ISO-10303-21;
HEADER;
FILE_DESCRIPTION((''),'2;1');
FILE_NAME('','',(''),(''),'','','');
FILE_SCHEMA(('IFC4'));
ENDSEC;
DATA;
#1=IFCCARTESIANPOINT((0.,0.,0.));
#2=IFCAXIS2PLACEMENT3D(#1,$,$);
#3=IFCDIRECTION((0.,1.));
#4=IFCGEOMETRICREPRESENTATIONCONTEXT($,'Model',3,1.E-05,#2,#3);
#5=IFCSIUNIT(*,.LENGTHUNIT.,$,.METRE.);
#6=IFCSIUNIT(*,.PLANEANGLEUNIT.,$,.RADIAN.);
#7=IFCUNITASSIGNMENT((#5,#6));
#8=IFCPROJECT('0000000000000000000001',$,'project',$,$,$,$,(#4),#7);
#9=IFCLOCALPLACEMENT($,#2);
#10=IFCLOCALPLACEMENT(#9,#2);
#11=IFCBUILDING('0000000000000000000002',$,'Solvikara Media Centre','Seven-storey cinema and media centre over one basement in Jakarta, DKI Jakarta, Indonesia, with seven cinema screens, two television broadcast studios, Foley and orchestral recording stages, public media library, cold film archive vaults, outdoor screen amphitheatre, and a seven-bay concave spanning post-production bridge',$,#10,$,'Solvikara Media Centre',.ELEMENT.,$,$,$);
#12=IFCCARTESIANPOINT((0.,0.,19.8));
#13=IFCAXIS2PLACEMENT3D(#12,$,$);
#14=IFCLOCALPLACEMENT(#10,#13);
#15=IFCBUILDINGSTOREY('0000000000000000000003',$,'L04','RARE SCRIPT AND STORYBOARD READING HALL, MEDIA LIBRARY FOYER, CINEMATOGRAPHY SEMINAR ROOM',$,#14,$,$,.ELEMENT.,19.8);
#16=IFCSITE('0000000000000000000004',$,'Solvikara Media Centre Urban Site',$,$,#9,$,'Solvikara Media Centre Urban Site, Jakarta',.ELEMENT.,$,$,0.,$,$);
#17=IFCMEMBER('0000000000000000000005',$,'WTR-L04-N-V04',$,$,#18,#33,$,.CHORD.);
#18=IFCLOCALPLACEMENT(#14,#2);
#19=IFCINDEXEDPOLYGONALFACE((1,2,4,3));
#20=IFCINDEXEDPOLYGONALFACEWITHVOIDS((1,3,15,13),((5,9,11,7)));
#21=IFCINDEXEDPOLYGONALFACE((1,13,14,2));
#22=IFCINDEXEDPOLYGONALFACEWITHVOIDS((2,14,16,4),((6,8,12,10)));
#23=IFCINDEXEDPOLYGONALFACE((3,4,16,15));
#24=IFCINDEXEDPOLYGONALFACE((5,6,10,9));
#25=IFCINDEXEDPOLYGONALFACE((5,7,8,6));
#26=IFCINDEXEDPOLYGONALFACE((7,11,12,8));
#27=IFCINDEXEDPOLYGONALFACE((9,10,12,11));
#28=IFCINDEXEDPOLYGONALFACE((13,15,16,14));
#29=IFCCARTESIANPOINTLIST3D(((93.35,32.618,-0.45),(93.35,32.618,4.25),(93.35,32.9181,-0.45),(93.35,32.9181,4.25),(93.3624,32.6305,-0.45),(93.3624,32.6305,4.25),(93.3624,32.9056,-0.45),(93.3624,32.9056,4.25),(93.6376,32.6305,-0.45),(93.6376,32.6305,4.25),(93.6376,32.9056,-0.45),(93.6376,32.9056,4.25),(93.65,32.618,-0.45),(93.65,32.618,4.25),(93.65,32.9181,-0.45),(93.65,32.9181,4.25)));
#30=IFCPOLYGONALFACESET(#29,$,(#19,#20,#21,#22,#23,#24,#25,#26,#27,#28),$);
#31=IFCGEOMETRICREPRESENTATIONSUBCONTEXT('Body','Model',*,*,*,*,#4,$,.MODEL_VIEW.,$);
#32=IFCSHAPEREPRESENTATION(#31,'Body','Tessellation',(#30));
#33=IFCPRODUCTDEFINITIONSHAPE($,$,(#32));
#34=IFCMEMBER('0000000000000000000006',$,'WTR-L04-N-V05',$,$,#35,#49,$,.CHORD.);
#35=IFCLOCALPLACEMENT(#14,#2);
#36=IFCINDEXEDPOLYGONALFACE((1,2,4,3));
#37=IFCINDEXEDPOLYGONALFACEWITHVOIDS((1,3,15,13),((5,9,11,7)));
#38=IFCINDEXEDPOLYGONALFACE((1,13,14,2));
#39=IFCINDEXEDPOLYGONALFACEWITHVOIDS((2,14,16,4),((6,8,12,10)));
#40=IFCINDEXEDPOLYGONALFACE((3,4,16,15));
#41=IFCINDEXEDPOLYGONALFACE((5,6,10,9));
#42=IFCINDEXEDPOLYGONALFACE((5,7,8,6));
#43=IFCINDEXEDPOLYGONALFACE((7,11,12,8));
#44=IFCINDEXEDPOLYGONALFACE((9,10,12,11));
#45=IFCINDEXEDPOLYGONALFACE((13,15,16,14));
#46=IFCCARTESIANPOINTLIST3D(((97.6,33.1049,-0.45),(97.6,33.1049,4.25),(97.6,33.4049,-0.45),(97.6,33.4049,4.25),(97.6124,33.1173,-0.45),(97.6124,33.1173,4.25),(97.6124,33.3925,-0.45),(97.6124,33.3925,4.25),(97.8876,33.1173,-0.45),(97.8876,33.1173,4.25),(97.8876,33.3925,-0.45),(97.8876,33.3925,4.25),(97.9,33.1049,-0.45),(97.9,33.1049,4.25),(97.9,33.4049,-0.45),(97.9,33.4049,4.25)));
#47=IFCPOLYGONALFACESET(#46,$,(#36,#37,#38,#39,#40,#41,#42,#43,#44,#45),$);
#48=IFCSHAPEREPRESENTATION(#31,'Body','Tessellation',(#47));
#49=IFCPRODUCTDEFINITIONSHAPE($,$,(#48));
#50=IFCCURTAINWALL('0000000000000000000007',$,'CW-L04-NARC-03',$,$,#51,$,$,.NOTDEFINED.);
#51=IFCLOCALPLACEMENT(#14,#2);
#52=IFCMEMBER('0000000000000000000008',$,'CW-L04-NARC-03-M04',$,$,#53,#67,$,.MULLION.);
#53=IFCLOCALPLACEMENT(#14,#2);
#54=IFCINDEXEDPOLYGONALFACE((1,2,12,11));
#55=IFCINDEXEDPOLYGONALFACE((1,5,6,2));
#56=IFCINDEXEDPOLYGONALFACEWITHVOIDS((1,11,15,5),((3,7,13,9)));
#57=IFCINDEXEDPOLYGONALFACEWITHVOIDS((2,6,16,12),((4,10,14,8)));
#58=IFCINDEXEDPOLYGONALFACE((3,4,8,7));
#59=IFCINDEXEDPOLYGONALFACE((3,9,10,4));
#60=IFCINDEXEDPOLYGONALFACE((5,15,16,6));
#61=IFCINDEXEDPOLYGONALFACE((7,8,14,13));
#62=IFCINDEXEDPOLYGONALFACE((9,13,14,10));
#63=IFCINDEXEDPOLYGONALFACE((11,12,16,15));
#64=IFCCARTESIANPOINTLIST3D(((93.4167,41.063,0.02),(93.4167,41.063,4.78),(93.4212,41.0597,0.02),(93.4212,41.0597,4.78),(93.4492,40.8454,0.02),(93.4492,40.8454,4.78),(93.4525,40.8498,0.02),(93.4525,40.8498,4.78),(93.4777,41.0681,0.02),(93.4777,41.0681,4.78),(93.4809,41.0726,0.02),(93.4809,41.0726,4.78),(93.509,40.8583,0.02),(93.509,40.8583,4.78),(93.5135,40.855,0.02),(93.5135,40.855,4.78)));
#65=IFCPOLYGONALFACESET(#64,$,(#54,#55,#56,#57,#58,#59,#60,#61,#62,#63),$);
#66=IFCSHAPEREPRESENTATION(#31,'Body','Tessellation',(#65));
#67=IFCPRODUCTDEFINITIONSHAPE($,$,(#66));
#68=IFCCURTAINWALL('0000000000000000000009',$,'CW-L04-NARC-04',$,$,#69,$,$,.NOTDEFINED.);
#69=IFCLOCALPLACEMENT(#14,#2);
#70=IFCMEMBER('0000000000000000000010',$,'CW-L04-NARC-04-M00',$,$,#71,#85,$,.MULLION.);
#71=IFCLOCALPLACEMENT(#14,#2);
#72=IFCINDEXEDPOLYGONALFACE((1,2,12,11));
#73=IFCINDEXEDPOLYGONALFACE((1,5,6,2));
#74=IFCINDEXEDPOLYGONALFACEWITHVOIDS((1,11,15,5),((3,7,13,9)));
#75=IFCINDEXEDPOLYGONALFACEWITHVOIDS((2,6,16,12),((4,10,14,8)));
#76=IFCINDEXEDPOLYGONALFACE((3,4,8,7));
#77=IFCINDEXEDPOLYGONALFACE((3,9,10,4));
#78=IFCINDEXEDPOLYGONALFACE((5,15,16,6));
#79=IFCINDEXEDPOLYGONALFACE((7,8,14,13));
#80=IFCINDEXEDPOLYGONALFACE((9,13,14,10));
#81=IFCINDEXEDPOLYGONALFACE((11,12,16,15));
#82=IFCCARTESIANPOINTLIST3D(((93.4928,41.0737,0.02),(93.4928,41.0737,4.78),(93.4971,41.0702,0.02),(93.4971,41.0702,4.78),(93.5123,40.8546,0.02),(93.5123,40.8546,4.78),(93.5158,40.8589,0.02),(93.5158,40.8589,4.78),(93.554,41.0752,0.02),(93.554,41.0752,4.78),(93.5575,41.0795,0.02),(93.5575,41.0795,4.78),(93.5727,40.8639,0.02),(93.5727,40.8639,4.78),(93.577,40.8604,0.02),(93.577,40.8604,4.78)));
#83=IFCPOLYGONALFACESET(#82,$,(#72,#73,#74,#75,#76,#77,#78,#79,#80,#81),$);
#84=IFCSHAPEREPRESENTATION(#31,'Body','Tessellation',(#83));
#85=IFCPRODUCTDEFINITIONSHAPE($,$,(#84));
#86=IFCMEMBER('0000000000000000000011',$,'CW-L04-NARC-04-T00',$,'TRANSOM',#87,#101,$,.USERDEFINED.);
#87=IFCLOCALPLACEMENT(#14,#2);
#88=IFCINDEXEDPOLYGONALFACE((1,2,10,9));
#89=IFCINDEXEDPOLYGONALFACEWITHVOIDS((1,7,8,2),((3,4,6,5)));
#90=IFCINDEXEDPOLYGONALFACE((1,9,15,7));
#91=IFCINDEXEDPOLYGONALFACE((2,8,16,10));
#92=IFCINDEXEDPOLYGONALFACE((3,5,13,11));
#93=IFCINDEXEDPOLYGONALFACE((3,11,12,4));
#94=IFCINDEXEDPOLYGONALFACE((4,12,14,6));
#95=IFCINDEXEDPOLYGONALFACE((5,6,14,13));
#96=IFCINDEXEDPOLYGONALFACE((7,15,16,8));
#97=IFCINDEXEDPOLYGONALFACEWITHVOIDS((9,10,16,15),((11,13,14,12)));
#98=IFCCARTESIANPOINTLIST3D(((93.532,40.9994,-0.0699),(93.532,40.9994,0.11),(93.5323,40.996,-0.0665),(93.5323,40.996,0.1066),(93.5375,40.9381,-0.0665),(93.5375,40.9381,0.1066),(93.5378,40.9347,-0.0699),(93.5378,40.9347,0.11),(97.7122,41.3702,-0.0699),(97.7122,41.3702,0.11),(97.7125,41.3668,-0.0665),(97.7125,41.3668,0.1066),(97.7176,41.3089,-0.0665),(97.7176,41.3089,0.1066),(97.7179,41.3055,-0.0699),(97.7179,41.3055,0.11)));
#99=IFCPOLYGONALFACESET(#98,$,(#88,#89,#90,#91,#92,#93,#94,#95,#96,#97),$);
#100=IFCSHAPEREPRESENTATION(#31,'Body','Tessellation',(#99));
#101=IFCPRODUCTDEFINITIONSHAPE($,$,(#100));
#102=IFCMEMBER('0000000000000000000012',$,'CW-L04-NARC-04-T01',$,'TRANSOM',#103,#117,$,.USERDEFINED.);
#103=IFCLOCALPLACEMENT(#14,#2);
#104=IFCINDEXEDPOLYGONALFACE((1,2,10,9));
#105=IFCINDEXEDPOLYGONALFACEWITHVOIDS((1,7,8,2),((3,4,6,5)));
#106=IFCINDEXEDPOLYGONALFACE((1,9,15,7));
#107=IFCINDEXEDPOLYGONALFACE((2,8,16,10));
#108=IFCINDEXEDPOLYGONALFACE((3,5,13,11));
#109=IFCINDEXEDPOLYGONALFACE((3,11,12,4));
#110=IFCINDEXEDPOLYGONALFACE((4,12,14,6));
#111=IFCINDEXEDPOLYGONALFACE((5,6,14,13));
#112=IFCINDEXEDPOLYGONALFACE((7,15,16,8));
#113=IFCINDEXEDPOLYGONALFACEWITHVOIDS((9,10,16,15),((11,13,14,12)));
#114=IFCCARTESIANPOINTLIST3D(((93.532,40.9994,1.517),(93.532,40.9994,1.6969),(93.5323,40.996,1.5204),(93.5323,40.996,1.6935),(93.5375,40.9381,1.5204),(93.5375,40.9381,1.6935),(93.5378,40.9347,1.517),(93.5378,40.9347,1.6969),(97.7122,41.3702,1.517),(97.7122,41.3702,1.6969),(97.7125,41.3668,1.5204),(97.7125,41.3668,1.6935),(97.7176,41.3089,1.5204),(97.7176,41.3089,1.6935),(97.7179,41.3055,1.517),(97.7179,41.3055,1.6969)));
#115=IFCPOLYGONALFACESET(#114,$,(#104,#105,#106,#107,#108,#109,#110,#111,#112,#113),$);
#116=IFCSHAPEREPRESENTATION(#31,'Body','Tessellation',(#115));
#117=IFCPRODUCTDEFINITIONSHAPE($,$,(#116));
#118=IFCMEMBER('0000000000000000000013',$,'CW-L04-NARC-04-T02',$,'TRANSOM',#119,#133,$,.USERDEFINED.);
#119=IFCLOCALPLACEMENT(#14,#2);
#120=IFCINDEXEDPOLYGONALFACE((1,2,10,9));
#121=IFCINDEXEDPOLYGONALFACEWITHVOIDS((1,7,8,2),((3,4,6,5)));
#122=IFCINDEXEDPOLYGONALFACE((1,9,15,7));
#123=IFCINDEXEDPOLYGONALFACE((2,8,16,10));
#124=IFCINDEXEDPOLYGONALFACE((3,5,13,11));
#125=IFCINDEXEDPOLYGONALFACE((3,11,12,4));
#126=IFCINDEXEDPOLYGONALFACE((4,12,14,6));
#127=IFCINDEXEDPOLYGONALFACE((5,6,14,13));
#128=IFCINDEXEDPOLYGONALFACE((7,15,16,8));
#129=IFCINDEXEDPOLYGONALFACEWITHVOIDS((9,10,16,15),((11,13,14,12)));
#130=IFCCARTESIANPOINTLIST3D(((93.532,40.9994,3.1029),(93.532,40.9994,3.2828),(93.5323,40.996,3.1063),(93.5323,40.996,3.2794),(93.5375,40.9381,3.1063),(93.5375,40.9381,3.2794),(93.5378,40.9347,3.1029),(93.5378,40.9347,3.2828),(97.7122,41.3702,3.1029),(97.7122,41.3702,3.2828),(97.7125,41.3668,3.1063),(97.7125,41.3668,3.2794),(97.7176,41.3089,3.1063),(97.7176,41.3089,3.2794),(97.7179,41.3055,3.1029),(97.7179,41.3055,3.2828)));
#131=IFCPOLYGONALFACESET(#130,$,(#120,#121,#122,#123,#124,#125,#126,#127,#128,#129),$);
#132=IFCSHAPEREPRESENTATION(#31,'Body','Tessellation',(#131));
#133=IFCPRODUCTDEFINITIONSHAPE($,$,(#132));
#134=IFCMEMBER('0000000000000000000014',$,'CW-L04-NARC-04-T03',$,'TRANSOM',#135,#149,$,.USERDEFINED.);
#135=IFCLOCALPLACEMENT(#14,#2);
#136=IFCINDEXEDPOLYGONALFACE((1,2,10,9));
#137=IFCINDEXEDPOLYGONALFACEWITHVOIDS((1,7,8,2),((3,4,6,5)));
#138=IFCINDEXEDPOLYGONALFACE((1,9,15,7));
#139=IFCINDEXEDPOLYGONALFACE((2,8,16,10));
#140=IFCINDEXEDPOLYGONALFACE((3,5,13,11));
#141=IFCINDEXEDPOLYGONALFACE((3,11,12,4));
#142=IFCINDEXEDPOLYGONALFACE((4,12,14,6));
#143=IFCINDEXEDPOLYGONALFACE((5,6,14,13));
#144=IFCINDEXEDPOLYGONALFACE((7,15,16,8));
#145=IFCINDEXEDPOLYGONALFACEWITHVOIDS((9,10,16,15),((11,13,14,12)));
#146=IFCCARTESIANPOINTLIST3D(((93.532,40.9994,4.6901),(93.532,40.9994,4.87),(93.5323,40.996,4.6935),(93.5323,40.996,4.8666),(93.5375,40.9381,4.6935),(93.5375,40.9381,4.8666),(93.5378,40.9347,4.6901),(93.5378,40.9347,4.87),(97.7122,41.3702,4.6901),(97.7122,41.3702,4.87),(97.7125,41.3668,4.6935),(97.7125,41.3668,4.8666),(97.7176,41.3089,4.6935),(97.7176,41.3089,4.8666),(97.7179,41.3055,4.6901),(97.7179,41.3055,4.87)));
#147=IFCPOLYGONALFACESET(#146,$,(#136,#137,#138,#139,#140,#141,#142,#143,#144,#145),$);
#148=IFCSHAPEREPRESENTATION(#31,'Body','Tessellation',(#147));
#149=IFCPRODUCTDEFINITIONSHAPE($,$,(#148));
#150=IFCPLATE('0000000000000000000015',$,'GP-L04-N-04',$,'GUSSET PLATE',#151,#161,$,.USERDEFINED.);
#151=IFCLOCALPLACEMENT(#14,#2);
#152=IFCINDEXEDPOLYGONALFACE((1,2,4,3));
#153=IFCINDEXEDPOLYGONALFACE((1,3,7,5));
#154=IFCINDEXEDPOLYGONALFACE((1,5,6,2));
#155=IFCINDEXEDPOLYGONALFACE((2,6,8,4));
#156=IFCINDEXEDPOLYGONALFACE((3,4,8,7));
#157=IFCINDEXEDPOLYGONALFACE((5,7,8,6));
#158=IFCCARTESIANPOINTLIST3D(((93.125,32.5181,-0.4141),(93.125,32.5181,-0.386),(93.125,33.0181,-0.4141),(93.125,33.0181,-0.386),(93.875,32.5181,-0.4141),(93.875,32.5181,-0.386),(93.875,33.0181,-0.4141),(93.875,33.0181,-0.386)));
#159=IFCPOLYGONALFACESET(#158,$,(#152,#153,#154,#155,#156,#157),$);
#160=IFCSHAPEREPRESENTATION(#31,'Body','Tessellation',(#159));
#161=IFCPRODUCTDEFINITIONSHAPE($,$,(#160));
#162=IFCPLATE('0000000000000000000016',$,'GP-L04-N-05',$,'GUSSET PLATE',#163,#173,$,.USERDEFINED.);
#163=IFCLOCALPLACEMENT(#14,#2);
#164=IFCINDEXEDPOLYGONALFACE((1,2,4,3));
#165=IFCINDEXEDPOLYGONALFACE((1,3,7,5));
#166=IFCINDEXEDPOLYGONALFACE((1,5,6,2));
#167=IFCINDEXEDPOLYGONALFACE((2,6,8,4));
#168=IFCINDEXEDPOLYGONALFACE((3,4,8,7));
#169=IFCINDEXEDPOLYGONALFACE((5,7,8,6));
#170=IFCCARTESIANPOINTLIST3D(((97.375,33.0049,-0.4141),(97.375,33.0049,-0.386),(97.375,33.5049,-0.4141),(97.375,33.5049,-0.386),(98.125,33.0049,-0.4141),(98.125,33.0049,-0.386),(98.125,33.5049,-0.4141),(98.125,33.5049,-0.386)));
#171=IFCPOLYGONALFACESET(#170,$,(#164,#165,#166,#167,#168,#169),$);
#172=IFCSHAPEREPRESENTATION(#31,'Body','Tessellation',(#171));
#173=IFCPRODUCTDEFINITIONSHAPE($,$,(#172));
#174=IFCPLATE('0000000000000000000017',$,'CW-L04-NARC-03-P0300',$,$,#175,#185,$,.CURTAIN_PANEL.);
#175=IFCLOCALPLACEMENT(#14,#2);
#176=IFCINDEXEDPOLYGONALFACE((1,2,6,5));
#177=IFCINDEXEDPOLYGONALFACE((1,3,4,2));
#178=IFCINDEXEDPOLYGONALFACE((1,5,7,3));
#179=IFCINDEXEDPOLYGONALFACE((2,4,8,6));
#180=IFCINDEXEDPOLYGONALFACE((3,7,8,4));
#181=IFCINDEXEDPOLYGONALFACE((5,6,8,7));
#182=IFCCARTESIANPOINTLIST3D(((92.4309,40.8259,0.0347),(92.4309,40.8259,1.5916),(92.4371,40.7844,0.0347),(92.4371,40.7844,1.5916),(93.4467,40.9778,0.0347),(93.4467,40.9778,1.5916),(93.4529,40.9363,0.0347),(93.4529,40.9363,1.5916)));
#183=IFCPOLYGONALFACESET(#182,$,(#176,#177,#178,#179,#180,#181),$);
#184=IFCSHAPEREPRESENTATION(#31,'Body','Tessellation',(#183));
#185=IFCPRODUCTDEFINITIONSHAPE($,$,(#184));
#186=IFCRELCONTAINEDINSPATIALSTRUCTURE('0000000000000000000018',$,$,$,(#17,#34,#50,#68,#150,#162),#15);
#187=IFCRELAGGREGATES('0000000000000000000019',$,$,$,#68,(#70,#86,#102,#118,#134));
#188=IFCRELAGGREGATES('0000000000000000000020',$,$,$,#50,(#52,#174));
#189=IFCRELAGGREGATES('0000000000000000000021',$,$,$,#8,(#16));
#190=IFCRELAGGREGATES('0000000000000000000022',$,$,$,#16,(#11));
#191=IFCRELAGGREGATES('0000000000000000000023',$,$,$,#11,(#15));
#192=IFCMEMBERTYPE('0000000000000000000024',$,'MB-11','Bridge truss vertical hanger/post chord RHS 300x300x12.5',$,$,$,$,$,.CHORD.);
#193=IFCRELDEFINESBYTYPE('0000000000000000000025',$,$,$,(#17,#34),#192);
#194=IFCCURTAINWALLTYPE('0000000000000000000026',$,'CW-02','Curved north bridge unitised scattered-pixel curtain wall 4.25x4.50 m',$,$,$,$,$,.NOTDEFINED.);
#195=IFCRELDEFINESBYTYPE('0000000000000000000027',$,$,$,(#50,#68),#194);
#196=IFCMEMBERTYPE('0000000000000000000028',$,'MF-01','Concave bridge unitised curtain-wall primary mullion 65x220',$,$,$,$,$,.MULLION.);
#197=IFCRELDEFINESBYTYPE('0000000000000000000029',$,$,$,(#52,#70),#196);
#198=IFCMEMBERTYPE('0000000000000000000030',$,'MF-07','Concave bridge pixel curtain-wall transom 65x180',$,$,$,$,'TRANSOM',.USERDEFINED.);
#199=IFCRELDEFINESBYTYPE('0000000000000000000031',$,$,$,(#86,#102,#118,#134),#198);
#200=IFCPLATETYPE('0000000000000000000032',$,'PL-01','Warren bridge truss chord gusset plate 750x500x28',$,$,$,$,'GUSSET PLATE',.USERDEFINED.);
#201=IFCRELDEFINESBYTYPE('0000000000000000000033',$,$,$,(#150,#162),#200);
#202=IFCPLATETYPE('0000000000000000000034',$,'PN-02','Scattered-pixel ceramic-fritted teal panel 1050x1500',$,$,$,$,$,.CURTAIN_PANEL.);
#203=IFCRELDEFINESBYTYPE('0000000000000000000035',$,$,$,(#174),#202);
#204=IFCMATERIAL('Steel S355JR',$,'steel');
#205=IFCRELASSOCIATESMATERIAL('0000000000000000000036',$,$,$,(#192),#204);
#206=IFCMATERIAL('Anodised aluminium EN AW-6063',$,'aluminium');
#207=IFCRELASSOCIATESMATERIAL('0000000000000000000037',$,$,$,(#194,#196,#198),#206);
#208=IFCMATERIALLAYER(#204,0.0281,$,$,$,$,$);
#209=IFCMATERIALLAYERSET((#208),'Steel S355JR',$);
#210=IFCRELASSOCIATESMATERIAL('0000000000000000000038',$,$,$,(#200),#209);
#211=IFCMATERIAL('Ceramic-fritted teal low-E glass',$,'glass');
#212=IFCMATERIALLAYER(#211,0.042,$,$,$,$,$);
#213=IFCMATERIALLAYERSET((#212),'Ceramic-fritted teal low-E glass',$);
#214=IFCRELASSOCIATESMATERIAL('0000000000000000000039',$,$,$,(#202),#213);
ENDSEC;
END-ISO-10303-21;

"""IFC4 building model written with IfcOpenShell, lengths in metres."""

from ifc_helpers import new_model, si_unit, direction, frame, origin, origin_2d, place, context, subcontext, project, spatial, rectangle, hollow_rectangle, extrude, material, layer, layer_set, material_profile, profile_set, type_object, element, aggregate, save


model = new_model("IFC4")

# Units and contexts
model_context = context("Model", 3, precision=1e-05, world=origin(), true_north=direction((0.0, 1.0)))
body_context = subcontext(model_context, "Body", "Model", "MODEL_VIEW")
ifc_project = project(units=[si_unit("LENGTHUNIT", "METRE"), si_unit("PLANEANGLEUNIT", "RADIAN")], contexts=[model_context])

# Site, building, storey
site_placement = place(None, origin())
site = spatial("IfcSite", under=ifc_project, at=site_placement, Name="Solvikara Media Centre Urban Site", LongName="Solvikara Media Centre Urban Site, Jakarta", CompositionType="ELEMENT", RefElevation=0.0)
building_placement = place(site_placement, origin())
building = spatial("IfcBuilding", under=site, at=building_placement, Name="Solvikara Media Centre", Description="Seven-storey cinema and media centre over one basement in Jakarta, DKI Jakarta, Indonesia, with seven cinema screens, two television broadcast studios, Foley and orchestral recording stages, public media library, cold film archive vaults, outdoor screen amphitheatre, and a seven-bay concave spanning post-production bridge", LongName="Solvikara Media Centre", CompositionType="ELEMENT")
storey_placement = place(building_placement, frame((0.0, 0.0, 19.8)))
storey = spatial("IfcBuildingStorey", under=building, at=storey_placement, Name="L04", Description="RARE SCRIPT AND STORYBOARD READING HALL, MEDIA LIBRARY FOYER, CINEMATOGRAPHY SEMINAR ROOM", CompositionType="ELEMENT", Elevation=19.8)

# Shared definitions
ifc_material_1 = material(Name="Steel S355JR", Category="steel")

# Members
ifc_material_profile_1 = material_profile(ifc_material_1, hollow_rectangle(XDim=0.3, YDim=0.3, WallThickness=0.0125, at=origin_2d()), Name="RHS 300x300x12.5")
ifc_profile_set_1 = profile_set([ifc_material_profile_1], Name="Steel S355JR")
member_type_1 = type_object("IfcMemberType", Name="MB-11", Description="Bridge truss vertical hanger/post chord RHS 300x300x12.5", PredefinedType="CHORD", material=ifc_profile_set_1)
for number, where, z_axis, x_axis, name in (
    (1, (93.5, 32.7681, -0.45), (0.0, 0.0, 1.0), (1.0, 0.0, 0.0), "WTR-L04-N-V04"),
    (2, (97.75, 33.2549, -0.45), (0.0, 0.0, 1.0), (1.0, 0.0, 0.0), "WTR-L04-N-V05"),
):
    element("IfcMember", number, at=place(storey_placement, frame(where, z_axis=z_axis, x_axis=x_axis)), inside=storey, type_object=member_type_1, Name=name, PredefinedType="CHORD", context=body_context, shape_type="SweptSolid", body=[
        extrude(hollow_rectangle(XDim=0.3, YDim=0.3, WallThickness=0.0125, at=origin_2d()), origin(), (0.0, 0.0, 1.0), 4.7),
    ])

# Curtain wall, member
ifc_material_2 = material(Name="Anodised aluminium EN AW-6063", Category="aluminium")
curtain_wall_type = type_object("IfcCurtainWallType", Name="CW-02", Description="Curved north bridge unitised scattered-pixel curtain wall 4.25x4.50 m", PredefinedType="NOTDEFINED", material=ifc_material_2)
curtain_wall_1_placement = place(storey_placement, origin())
curtain_wall_1 = element("IfcCurtainWall", 3, at=curtain_wall_1_placement, inside=storey, type_object=curtain_wall_type, Name="CW-L04-NARC-03", PredefinedType="NOTDEFINED")
ifc_material_profile_2 = material_profile(ifc_material_2, hollow_rectangle(XDim=0.0649, YDim=0.22, WallThickness=0.0039, at=origin_2d()), Name="ALU-M 65x220x4")
ifc_profile_set_2 = profile_set([ifc_material_profile_2], Name="Anodised aluminium EN AW-6063")
member_type_2 = type_object("IfcMemberType", Name="MF-01", Description="Concave bridge unitised curtain-wall primary mullion 65x220", PredefinedType="MULLION", material=ifc_profile_set_2)
member_1_placement = place(storey_placement, frame((93.4651, 40.959, 0.02), z_axis=(0.0, 0.0, 1.0), x_axis=(0.989006, 0.147878, 0.0)))
member_1 = element("IfcMember", 4, at=member_1_placement, type_object=member_type_2, Name="CW-L04-NARC-03-M04", PredefinedType="MULLION", context=body_context, shape_type="SweptSolid", body=[
    extrude(hollow_rectangle(XDim=0.0649, YDim=0.22, WallThickness=0.0039, at=origin_2d()), origin(), (0.0, 0.0, 1.0), 4.76),
])

# Curtain wall, members
curtain_wall_2_placement = place(storey_placement, origin())
curtain_wall_2 = element("IfcCurtainWall", 5, at=curtain_wall_2_placement, inside=storey, type_object=curtain_wall_type, Name="CW-L04-NARC-04", PredefinedType="NOTDEFINED")
member_2_placement = place(storey_placement, frame((93.5349, 40.967, 0.02), z_axis=(0.0, 0.0, 1.0), x_axis=(0.996084, 0.088408, 0.0)))
member_2 = element("IfcMember", 6, at=member_2_placement, type_object=member_type_2, Name="CW-L04-NARC-04-M00", PredefinedType="MULLION", context=body_context, shape_type="SweptSolid", body=[
    extrude(hollow_rectangle(XDim=0.0649, YDim=0.22, WallThickness=0.0039, at=origin_2d()), origin(), (0.0, 0.0, 1.0), 4.76),
])
ifc_material_profile_3 = material_profile(ifc_material_2, hollow_rectangle(XDim=0.0649, YDim=0.1799, WallThickness=0.0034, at=origin_2d()), Name="ALU-T 65x180x3.5")
ifc_profile_set_3 = profile_set([ifc_material_profile_3], Name="Anodised aluminium EN AW-6063")
member_type_3 = type_object("IfcMemberType", Name="MF-07", Description="Concave bridge pixel curtain-wall transom 65x180", ElementType="TRANSOM", PredefinedType="USERDEFINED", material=ifc_profile_set_3)
member_3_placement = place(storey_placement, frame((93.5349, 40.967, 0.02), z_axis=(0.996088, 0.088369, 0.0), x_axis=(-0.088369, 0.996088, 0.0)))
member_3 = element("IfcMember", 7, at=member_3_placement, type_object=member_type_3, Name="CW-L04-NARC-04-T00", ObjectType="TRANSOM", PredefinedType="USERDEFINED", context=body_context, shape_type="SweptSolid", body=[
    extrude(hollow_rectangle(XDim=0.0649, YDim=0.1799, WallThickness=0.0034, at=origin_2d()), origin(), (0.0, 0.0, 1.0), 4.1965),
])
member_4_placement = place(storey_placement, frame((93.5349, 40.967, 1.6069), z_axis=(0.996088, 0.088369, 0.0), x_axis=(-0.088369, 0.996088, 0.0)))
member_4 = element("IfcMember", 8, at=member_4_placement, type_object=member_type_3, Name="CW-L04-NARC-04-T01", ObjectType="TRANSOM", PredefinedType="USERDEFINED", context=body_context, shape_type="SweptSolid", body=[
    extrude(hollow_rectangle(XDim=0.0649, YDim=0.1799, WallThickness=0.0034, at=origin_2d()), origin(), (0.0, 0.0, 1.0), 4.1965),
])
member_5_placement = place(storey_placement, frame((93.5349, 40.967, 3.1929), z_axis=(0.996088, 0.088369, 0.0), x_axis=(-0.088369, 0.996088, 0.0)))
member_5 = element("IfcMember", 9, at=member_5_placement, type_object=member_type_3, Name="CW-L04-NARC-04-T02", ObjectType="TRANSOM", PredefinedType="USERDEFINED", context=body_context, shape_type="SweptSolid", body=[
    extrude(hollow_rectangle(XDim=0.0649, YDim=0.1799, WallThickness=0.0034, at=origin_2d()), origin(), (0.0, 0.0, 1.0), 4.1965),
])
member_6_placement = place(storey_placement, frame((93.5349, 40.967, 4.78), z_axis=(0.996088, 0.088369, 0.0), x_axis=(-0.088369, 0.996088, 0.0)))
member_6 = element("IfcMember", 10, at=member_6_placement, type_object=member_type_3, Name="CW-L04-NARC-04-T03", ObjectType="TRANSOM", PredefinedType="USERDEFINED", context=body_context, shape_type="SweptSolid", body=[
    extrude(hollow_rectangle(XDim=0.0649, YDim=0.1799, WallThickness=0.0034, at=origin_2d()), origin(), (0.0, 0.0, 1.0), 4.1965),
])
aggregate(curtain_wall_2, [member_2, member_3, member_4, member_5, member_6])

# Plates
ifc_layer_1 = layer(ifc_material_1, 0.0281)
ifc_layer_set_1 = layer_set([ifc_layer_1], Name="Steel S355JR")
plate_type_1 = type_object("IfcPlateType", Name="PL-01", Description="Warren bridge truss chord gusset plate 750x500x28", ElementType="GUSSET PLATE", PredefinedType="USERDEFINED", material=ifc_layer_set_1)
for number, where, z_axis, x_axis, name in (
    (11, (93.5, 32.7681, -0.4141), (0.0, 0.0, 1.0), (1.0, 0.0, 0.0), "GP-L04-N-04"),
    (12, (97.75, 33.2549, -0.4141), (0.0, 0.0, 1.0), (1.0, 0.0, 0.0), "GP-L04-N-05"),
):
    element("IfcPlate", number, at=place(storey_placement, frame(where, z_axis=z_axis, x_axis=x_axis)), inside=storey, type_object=plate_type_1, Name=name, ObjectType="GUSSET PLATE", PredefinedType="USERDEFINED", context=body_context, shape_type="SweptSolid", body=[
        extrude(rectangle(XDim=0.75, YDim=0.5, at=origin_2d()), origin(), (0.0, 0.0, 1.0), 0.0281),
    ])

# Plate
ifc_material_3 = material(Name="Ceramic-fritted teal low-E glass", Category="glass")
ifc_layer_2 = layer(ifc_material_3, 0.042)
ifc_layer_set_2 = layer_set([ifc_layer_2], Name="Ceramic-fritted teal low-E glass")
plate_type_2 = type_object("IfcPlateType", Name="PN-02", Description="Scattered-pixel ceramic-fritted teal panel 1050x1500", PredefinedType="CURTAIN_PANEL", material=ifc_layer_set_2)
plate_1_placement = place(storey_placement, frame((92.9419, 40.8811, 0.0347), z_axis=(0.0, 0.0, 1.0), x_axis=(0.989006, 0.147878, 0.0)))
plate_1 = element("IfcPlate", 13, at=plate_1_placement, type_object=plate_type_2, Name="CW-L04-NARC-03-P0300", PredefinedType="CURTAIN_PANEL", context=body_context, shape_type="SweptSolid", body=[
    extrude(rectangle(XDim=1.0271, YDim=0.042, at=origin_2d()), origin(), (0.0, 0.0, 1.0), 1.5569),
])
aggregate(curtain_wall_1, [member_1, plate_1])

save(model, "model.ifc")
